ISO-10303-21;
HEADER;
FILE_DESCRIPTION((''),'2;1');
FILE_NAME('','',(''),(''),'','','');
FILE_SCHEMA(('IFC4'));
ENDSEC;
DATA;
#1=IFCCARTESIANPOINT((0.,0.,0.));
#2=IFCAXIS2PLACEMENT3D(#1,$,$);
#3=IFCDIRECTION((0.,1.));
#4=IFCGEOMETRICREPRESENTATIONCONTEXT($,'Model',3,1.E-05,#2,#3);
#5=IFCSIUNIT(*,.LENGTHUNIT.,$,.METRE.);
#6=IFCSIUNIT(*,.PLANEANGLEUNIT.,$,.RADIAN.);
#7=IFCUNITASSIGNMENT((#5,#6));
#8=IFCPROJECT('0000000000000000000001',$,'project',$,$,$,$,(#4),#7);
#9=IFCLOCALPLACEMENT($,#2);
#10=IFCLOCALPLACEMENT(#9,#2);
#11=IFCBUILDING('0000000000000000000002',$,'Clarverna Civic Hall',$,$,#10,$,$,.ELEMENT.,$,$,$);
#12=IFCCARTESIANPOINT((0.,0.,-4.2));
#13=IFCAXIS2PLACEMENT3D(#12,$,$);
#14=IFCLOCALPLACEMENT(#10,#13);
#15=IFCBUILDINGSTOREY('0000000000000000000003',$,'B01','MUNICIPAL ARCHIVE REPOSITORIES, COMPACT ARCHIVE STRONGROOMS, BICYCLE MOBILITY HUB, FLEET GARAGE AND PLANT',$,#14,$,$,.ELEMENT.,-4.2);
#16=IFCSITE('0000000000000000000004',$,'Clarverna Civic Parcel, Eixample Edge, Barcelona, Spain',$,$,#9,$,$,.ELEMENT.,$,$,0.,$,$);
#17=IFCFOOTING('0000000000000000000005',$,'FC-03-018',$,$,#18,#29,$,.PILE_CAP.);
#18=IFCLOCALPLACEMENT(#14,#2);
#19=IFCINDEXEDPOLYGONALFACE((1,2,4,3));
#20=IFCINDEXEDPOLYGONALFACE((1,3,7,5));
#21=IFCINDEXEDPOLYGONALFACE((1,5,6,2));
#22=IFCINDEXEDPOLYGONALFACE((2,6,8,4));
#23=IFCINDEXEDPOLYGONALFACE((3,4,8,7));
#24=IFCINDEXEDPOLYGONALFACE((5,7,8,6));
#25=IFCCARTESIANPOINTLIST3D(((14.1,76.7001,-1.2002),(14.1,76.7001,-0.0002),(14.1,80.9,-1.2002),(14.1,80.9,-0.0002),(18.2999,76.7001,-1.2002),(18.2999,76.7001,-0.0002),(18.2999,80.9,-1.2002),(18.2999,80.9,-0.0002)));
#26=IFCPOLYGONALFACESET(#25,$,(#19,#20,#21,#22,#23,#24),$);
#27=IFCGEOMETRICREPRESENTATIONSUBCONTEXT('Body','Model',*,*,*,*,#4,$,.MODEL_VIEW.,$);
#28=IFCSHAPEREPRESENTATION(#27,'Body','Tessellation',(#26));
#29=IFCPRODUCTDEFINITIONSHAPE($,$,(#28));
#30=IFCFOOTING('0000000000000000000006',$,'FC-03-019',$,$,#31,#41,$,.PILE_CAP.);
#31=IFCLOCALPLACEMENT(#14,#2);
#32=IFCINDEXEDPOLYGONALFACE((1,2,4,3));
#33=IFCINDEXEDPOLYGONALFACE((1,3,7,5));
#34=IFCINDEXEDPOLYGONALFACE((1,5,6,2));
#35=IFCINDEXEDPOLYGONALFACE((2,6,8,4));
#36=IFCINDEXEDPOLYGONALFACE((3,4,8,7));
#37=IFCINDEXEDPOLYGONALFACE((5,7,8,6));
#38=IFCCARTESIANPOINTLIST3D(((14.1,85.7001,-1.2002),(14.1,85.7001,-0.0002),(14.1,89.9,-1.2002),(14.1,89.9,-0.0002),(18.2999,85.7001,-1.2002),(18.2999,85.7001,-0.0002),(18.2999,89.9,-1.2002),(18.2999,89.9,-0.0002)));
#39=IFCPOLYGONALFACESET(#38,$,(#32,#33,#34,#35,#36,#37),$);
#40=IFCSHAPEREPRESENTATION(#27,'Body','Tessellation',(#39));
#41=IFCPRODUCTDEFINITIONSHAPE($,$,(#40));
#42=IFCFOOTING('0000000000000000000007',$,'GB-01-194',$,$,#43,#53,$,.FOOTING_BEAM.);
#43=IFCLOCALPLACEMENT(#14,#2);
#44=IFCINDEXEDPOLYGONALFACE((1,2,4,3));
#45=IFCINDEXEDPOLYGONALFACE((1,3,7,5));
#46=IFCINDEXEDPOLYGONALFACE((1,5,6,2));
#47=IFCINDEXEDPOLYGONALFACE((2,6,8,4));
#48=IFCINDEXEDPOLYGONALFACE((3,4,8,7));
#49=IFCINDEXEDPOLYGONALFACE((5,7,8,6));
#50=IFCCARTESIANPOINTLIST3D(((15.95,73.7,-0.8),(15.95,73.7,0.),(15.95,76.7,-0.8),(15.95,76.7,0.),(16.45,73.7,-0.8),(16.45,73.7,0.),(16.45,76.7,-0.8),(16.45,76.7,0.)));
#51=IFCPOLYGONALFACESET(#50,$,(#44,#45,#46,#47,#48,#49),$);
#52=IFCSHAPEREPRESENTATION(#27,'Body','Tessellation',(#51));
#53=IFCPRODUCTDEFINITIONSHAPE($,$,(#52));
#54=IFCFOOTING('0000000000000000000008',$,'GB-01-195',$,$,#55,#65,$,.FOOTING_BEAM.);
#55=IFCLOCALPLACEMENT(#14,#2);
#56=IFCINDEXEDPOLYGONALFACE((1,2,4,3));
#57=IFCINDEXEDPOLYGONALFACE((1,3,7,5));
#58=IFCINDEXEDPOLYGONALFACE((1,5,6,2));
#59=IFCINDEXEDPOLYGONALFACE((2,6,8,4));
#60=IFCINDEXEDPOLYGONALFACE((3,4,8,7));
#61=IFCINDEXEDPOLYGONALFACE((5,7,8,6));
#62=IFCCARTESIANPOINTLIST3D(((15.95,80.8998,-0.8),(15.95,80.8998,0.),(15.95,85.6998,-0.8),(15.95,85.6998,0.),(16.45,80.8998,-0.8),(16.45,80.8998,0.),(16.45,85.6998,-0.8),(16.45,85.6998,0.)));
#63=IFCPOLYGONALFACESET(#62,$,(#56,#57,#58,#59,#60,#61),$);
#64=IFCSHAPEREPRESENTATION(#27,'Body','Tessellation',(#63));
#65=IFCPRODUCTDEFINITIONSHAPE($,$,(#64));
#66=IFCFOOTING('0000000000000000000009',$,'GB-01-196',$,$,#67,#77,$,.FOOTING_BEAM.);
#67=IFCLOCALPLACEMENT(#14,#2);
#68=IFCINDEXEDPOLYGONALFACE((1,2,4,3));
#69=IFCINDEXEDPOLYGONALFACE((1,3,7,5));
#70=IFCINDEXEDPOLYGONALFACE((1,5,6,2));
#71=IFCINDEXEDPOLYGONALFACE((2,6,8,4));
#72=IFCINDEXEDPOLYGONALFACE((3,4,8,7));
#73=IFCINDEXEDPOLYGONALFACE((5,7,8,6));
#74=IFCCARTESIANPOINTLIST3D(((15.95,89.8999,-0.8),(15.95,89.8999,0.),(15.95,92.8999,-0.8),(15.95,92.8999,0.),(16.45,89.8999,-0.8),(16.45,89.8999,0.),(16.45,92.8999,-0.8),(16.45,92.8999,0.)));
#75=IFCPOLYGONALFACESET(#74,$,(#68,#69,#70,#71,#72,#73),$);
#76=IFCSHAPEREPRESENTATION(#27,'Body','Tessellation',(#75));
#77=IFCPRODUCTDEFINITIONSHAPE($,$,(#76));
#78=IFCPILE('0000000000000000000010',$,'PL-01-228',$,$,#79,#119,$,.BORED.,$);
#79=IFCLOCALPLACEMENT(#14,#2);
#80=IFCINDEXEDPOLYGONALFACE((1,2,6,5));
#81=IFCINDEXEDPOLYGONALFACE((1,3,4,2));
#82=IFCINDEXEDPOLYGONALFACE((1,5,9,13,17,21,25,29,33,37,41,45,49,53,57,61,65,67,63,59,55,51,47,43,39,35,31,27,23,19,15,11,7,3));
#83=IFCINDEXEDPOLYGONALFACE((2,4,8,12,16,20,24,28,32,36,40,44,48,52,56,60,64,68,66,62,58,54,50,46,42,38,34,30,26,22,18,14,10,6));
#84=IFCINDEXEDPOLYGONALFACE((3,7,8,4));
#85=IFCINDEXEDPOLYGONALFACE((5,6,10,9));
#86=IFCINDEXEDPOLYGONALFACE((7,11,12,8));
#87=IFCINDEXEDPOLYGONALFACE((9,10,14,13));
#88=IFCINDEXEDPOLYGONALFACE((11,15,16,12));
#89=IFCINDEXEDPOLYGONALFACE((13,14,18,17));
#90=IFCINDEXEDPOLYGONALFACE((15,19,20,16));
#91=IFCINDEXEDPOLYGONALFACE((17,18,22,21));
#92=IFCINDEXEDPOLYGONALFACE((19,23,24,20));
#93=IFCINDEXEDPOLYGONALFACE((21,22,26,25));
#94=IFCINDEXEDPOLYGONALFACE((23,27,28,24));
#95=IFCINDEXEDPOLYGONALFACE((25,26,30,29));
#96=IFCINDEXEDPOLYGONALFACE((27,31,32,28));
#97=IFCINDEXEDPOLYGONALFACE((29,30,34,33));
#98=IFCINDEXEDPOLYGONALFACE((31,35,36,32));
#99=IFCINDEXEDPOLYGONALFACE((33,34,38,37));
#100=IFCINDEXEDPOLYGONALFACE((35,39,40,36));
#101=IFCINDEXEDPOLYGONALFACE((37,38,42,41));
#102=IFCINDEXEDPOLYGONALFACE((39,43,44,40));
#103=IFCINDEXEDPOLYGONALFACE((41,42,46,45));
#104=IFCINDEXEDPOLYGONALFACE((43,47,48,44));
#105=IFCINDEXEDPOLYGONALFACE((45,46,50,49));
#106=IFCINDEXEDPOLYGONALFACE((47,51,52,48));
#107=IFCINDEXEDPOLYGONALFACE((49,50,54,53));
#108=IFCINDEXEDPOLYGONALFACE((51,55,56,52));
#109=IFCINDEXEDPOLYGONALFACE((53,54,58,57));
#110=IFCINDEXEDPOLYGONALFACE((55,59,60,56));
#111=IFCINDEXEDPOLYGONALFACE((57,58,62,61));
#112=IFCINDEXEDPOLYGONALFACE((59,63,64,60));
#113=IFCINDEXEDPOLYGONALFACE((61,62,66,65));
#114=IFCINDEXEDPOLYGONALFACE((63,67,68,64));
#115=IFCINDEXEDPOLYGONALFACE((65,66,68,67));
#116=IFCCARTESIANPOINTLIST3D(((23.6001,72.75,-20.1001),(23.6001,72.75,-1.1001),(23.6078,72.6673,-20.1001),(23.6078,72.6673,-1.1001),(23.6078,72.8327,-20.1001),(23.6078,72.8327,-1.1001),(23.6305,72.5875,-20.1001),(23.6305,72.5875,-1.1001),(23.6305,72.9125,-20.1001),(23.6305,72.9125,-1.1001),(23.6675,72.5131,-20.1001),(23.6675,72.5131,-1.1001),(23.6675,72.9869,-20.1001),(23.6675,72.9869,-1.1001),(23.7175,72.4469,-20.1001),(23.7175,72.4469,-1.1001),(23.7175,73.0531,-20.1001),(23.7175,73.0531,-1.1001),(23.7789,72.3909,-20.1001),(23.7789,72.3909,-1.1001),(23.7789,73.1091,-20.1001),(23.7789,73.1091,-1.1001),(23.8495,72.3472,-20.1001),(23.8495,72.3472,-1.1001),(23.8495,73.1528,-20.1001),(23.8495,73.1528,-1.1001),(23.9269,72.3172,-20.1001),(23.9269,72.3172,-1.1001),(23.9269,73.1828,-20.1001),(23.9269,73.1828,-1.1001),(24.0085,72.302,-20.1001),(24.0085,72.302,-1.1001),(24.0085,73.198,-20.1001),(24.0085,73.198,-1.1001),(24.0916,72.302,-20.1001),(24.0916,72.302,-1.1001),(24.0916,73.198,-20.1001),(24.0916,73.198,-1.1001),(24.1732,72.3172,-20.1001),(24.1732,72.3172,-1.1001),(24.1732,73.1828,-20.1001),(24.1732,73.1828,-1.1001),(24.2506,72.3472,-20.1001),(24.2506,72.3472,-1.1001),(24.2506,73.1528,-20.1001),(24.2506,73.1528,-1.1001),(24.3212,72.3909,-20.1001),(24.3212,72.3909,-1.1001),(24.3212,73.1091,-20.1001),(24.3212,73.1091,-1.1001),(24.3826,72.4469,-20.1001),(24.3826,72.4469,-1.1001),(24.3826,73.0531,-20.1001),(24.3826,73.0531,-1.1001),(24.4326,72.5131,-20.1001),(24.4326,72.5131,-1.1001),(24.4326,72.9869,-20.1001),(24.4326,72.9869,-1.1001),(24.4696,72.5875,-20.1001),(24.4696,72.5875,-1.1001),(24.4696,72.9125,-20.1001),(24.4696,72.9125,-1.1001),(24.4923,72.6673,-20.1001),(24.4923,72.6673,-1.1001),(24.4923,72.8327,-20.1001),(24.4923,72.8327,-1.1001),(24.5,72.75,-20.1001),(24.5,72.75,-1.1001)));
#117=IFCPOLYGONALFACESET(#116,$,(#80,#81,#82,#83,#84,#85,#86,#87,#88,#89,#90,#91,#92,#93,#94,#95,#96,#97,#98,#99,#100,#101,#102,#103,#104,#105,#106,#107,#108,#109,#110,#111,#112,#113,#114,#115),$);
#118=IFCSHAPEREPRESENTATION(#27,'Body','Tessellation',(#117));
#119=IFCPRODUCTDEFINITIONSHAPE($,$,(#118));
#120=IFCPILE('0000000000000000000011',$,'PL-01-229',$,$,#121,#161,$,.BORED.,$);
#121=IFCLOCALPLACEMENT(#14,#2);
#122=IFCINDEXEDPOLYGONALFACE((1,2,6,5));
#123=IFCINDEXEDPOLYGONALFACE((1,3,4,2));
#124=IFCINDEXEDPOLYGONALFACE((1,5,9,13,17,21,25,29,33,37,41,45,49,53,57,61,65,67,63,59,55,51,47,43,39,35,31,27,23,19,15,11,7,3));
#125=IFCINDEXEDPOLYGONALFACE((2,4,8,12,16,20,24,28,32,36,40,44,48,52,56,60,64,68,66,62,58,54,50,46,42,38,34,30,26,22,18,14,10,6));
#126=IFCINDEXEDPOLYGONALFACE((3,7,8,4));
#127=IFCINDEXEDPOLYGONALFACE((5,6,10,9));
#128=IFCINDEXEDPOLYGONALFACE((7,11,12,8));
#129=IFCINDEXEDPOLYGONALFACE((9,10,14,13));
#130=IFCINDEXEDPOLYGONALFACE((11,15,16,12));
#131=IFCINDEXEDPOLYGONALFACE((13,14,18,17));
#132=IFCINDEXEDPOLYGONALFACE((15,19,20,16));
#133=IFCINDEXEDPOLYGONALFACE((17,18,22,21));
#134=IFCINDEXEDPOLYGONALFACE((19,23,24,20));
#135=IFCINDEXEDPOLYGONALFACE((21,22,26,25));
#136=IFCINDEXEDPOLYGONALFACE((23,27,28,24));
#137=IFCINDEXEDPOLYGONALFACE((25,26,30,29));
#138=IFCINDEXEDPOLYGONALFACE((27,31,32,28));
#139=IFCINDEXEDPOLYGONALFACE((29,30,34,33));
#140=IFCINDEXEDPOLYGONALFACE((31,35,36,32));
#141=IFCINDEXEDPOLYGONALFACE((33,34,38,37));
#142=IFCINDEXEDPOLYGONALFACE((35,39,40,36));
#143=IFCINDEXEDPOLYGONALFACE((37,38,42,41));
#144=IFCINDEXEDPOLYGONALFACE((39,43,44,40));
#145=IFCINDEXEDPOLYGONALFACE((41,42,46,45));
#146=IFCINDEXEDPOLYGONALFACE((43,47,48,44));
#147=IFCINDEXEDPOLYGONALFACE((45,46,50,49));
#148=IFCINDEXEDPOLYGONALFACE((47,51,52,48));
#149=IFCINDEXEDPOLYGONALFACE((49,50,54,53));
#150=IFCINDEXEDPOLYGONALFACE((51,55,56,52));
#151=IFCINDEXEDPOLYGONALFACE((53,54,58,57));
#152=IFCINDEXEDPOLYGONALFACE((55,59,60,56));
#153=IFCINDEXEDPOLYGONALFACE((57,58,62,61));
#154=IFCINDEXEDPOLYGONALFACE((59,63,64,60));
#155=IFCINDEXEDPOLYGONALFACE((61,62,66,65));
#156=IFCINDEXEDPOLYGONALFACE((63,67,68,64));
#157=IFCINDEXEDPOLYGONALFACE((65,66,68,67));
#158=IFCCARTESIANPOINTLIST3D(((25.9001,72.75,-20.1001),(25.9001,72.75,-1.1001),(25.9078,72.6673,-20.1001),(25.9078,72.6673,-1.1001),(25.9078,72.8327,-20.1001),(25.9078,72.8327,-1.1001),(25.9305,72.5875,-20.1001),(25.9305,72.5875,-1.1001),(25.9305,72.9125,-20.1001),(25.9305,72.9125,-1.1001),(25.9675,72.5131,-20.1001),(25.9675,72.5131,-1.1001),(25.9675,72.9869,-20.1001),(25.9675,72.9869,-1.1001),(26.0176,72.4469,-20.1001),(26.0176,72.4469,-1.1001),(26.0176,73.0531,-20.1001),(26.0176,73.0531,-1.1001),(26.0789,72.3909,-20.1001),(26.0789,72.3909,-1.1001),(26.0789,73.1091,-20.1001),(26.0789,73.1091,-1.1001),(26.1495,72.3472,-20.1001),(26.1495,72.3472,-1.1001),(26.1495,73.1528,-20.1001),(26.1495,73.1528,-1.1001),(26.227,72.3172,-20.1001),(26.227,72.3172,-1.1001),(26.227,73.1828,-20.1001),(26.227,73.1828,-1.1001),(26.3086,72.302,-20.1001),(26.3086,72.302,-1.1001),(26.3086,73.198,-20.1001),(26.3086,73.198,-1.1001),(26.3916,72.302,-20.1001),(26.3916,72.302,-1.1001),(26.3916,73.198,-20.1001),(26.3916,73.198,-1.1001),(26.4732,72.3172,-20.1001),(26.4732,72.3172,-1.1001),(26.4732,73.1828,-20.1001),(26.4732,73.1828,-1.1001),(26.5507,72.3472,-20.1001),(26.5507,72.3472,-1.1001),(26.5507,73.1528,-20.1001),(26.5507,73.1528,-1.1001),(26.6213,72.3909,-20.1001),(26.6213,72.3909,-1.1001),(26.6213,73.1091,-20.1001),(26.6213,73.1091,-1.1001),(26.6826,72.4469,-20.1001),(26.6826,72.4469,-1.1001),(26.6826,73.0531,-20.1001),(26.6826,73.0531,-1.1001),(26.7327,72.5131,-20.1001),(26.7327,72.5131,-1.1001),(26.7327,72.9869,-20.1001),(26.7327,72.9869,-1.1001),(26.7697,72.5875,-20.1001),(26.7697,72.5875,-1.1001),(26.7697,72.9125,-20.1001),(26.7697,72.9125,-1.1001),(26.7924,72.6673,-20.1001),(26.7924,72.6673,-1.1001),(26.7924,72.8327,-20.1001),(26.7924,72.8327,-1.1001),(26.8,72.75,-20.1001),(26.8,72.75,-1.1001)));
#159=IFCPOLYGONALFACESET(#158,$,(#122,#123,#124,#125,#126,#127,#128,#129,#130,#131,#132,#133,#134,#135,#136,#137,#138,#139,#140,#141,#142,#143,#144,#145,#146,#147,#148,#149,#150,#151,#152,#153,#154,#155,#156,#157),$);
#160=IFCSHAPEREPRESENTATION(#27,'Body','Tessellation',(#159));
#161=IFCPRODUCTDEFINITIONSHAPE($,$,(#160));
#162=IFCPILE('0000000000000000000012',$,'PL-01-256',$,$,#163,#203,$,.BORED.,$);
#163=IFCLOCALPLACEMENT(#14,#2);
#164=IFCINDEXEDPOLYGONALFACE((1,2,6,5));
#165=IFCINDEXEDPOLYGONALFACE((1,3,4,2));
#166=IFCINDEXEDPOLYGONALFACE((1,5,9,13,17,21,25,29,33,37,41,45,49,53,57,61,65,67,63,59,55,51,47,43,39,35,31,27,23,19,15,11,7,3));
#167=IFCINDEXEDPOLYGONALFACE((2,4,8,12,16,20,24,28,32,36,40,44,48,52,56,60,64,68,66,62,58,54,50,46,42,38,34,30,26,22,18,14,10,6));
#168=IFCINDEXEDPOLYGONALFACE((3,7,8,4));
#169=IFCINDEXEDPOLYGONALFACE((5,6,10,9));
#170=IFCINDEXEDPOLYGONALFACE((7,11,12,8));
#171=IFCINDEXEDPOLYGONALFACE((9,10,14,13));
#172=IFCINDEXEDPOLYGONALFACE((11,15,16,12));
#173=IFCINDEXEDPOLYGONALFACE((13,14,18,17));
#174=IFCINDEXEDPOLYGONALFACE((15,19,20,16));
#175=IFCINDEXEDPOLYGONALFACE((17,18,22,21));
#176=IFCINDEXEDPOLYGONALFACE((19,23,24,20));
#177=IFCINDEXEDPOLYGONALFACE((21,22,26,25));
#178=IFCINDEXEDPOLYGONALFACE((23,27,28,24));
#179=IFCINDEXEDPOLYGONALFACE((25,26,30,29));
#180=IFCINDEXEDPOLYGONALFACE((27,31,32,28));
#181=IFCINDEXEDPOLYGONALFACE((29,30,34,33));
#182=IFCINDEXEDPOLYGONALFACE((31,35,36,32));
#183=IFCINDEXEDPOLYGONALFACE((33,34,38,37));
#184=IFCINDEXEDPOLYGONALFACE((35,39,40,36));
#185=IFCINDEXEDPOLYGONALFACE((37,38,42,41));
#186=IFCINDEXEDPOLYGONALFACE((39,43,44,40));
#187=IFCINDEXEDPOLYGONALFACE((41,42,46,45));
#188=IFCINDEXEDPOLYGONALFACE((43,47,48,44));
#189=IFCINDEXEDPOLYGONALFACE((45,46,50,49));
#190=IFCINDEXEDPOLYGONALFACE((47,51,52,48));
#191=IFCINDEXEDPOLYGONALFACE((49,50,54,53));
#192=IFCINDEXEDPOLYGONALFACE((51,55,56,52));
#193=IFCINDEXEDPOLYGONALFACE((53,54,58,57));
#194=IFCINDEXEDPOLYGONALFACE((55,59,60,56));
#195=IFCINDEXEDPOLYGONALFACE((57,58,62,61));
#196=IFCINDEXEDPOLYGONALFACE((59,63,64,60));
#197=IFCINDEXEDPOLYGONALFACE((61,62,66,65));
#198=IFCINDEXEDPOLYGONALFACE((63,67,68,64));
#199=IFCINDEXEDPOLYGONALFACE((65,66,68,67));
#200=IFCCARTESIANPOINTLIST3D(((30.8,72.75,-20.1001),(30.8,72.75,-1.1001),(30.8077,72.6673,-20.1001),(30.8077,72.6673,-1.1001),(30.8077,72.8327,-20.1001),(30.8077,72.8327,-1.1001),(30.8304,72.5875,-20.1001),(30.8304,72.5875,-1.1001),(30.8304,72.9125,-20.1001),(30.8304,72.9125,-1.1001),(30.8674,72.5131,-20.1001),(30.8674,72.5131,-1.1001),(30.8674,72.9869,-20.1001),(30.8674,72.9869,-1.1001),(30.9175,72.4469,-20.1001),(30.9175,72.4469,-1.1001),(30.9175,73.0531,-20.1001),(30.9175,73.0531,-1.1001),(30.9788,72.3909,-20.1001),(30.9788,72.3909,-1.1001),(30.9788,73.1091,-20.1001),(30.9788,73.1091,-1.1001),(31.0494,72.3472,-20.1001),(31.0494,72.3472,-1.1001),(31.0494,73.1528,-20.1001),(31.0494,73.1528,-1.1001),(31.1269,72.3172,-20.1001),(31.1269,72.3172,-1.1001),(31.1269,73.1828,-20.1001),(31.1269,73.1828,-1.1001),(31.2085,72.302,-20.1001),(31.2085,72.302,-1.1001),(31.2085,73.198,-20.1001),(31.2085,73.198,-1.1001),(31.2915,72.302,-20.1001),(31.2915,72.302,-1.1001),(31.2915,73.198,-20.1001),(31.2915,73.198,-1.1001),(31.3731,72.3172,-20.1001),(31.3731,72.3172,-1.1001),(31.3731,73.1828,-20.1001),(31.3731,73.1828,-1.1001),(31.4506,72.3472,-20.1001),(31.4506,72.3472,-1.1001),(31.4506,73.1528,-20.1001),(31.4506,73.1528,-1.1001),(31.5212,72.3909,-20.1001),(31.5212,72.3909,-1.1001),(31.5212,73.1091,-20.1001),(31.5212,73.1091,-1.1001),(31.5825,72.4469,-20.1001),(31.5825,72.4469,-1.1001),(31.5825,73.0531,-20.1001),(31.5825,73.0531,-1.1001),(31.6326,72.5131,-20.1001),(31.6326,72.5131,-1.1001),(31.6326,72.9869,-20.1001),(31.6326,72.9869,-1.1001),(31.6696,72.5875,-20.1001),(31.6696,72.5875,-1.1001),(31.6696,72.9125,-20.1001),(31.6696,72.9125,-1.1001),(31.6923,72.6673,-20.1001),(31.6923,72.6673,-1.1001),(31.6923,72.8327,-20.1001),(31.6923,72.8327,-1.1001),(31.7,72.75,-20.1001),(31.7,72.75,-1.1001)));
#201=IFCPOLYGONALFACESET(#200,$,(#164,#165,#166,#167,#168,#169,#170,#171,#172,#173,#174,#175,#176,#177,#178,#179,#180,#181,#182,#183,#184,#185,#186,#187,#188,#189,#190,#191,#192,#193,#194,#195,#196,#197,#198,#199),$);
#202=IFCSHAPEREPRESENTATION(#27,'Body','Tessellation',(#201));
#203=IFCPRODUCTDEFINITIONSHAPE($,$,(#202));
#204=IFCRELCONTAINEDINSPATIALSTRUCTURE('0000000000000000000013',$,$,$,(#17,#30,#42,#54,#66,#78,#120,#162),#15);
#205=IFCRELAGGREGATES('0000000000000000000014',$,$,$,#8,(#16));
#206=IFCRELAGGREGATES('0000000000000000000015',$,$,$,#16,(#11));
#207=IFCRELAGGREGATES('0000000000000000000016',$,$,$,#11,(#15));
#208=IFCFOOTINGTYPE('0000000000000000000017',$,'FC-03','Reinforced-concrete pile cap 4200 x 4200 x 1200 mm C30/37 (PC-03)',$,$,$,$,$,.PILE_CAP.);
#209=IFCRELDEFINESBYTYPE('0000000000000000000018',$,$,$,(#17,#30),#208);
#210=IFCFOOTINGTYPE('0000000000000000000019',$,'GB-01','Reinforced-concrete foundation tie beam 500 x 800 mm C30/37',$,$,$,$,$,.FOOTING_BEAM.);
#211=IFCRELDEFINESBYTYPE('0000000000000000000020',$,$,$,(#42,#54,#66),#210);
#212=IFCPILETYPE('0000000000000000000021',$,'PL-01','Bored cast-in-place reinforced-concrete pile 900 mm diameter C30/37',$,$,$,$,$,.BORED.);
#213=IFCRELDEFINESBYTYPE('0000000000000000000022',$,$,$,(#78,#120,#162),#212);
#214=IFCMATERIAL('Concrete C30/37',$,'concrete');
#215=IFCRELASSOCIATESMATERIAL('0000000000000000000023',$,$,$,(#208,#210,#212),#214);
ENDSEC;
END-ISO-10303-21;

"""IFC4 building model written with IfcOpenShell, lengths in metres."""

from ifc_helpers import new_model, si_unit, direction, frame, frame_2d, origin, origin_2d, place, context, subcontext, project, spatial, rectangle, circle, extrude, material, material_profile, profile_set, type_object, element, save


model = new_model("IFC4")

# Units and contexts
model_context = context("Model", 3, precision=1e-05, world=origin(), true_north=direction((0.0, 1.0)))
body_context = subcontext(model_context, "Body", "Model", "MODEL_VIEW")
ifc_project = project(units=[si_unit("LENGTHUNIT", "METRE"), si_unit("PLANEANGLEUNIT", "RADIAN")], contexts=[model_context])

# Site, building, storey
site_placement = place(None, origin())
site = spatial("IfcSite", under=ifc_project, at=site_placement, Name="Clarverna Civic Parcel, Eixample Edge, Barcelona, Spain", CompositionType="ELEMENT", RefElevation=0.0)
building_placement = place(site_placement, origin())
building = spatial("IfcBuilding", under=site, at=building_placement, Name="Clarverna Civic Hall", CompositionType="ELEMENT")
storey_placement = place(building_placement, frame((0.0, 0.0, -4.2)))
storey = spatial("IfcBuildingStorey", under=building, at=storey_placement, Name="B01", Description="MUNICIPAL ARCHIVE REPOSITORIES, COMPACT ARCHIVE STRONGROOMS, BICYCLE MOBILITY HUB, FLEET GARAGE AND PLANT", CompositionType="ELEMENT", Elevation=-4.2)

# Footings
ifc_material_1 = material(Name="Concrete C30/37", Category="concrete")
footing_type_1 = type_object("IfcFootingType", Name="FC-03", Description="Reinforced-concrete pile cap 4200 x 4200 x 1200 mm C30/37 (PC-03)", PredefinedType="PILE_CAP", material=ifc_material_1)
for number, where, z_axis, x_axis, name in (
    (1, (16.2, 78.8, -1.2002), (0.0, 0.0, 1.0), (1.0, 0.0, 0.0), "FC-03-018"),
    (2, (16.2, 87.8, -1.2002), (0.0, 0.0, 1.0), (1.0, 0.0, 0.0), "FC-03-019"),
):
    element("IfcFooting", number, at=place(storey_placement, frame(where, z_axis=z_axis, x_axis=x_axis)), inside=storey, type_object=footing_type_1, Name=name, PredefinedType="PILE_CAP", context=body_context, shape_type="SweptSolid", body=[
        extrude(rectangle(XDim=4.2, YDim=4.2, at=origin_2d()), origin(), (0.0, 0.0, 1.0), 1.2),
    ])
footing_type_2 = type_object("IfcFootingType", Name="GB-01", Description="Reinforced-concrete foundation tie beam 500 x 800 mm C30/37", PredefinedType="FOOTING_BEAM", material=ifc_material_1)
footing_1_placement = place(storey_placement, frame((16.2, 73.7, -0.8), z_axis=(0.0, 0.0, 1.0), x_axis=(0.0, 1.0, 0.0)))
element("IfcFooting", 3, at=footing_1_placement, inside=storey, type_object=footing_type_2, Name="GB-01-194", PredefinedType="FOOTING_BEAM", context=body_context, shape_type="SweptSolid", body=[
    extrude(rectangle(XDim=3.0, YDim=0.5, at=frame_2d((1.5, 0.0))), origin(), (0.0, 0.0, 1.0), 0.8),
])
footing_2_placement = place(storey_placement, frame((16.2, 80.8999, -0.8), z_axis=(0.0, 0.0, 1.0), x_axis=(0.0, 1.0, 0.0)))
element("IfcFooting", 4, at=footing_2_placement, inside=storey, type_object=footing_type_2, Name="GB-01-195", PredefinedType="FOOTING_BEAM", context=body_context, shape_type="SweptSolid", body=[
    extrude(rectangle(XDim=4.8, YDim=0.5, at=frame_2d((2.3999, 0.0))), origin(), (0.0, 0.0, 1.0), 0.8),
])
footing_3_placement = place(storey_placement, frame((16.2, 89.8999, -0.8), z_axis=(0.0, 0.0, 1.0), x_axis=(0.0, 1.0, 0.0)))
element("IfcFooting", 5, at=footing_3_placement, inside=storey, type_object=footing_type_2, Name="GB-01-196", PredefinedType="FOOTING_BEAM", context=body_context, shape_type="SweptSolid", body=[
    extrude(rectangle(XDim=3.0, YDim=0.5, at=frame_2d((1.5, 0.0))), origin(), (0.0, 0.0, 1.0), 0.8),
])

# Piles
ifc_material_profile_1 = material_profile(ifc_material_1, circle(Radius=0.45, at=origin_2d()), Name="BORED PILE D900")
ifc_profile_set_1 = profile_set([ifc_material_profile_1], Name="Concrete C30/37")
pile_type_1 = type_object("IfcPileType", Name="PL-01", Description="Bored cast-in-place reinforced-concrete pile 900 mm diameter C30/37", PredefinedType="BORED", material=ifc_profile_set_1)
for number, where, z_axis, x_axis, name in (
    (6, (24.05, 72.75, -1.1001), (0.0, 0.0, -1.0), (1.0, 0.0, 0.0), "PL-01-228"),
    (7, (26.3501, 72.75, -1.1001), (0.0, 0.0, -1.0), (1.0, 0.0, 0.0), "PL-01-229"),
    (8, (31.25, 72.75, -1.1001), (0.0, 0.0, -1.0), (1.0, 0.0, 0.0), "PL-01-256"),
):
    element("IfcPile", number, at=place(storey_placement, frame(where, z_axis=z_axis, x_axis=x_axis)), inside=storey, type_object=pile_type_1, Name=name, PredefinedType="BORED", context=body_context, shape_type="SweptSolid", body=[
        extrude(circle(Radius=0.45, at=origin_2d()), origin(), (0.0, 0.0, 1.0), 19.0),
    ])

save(model, "model.ifc")
